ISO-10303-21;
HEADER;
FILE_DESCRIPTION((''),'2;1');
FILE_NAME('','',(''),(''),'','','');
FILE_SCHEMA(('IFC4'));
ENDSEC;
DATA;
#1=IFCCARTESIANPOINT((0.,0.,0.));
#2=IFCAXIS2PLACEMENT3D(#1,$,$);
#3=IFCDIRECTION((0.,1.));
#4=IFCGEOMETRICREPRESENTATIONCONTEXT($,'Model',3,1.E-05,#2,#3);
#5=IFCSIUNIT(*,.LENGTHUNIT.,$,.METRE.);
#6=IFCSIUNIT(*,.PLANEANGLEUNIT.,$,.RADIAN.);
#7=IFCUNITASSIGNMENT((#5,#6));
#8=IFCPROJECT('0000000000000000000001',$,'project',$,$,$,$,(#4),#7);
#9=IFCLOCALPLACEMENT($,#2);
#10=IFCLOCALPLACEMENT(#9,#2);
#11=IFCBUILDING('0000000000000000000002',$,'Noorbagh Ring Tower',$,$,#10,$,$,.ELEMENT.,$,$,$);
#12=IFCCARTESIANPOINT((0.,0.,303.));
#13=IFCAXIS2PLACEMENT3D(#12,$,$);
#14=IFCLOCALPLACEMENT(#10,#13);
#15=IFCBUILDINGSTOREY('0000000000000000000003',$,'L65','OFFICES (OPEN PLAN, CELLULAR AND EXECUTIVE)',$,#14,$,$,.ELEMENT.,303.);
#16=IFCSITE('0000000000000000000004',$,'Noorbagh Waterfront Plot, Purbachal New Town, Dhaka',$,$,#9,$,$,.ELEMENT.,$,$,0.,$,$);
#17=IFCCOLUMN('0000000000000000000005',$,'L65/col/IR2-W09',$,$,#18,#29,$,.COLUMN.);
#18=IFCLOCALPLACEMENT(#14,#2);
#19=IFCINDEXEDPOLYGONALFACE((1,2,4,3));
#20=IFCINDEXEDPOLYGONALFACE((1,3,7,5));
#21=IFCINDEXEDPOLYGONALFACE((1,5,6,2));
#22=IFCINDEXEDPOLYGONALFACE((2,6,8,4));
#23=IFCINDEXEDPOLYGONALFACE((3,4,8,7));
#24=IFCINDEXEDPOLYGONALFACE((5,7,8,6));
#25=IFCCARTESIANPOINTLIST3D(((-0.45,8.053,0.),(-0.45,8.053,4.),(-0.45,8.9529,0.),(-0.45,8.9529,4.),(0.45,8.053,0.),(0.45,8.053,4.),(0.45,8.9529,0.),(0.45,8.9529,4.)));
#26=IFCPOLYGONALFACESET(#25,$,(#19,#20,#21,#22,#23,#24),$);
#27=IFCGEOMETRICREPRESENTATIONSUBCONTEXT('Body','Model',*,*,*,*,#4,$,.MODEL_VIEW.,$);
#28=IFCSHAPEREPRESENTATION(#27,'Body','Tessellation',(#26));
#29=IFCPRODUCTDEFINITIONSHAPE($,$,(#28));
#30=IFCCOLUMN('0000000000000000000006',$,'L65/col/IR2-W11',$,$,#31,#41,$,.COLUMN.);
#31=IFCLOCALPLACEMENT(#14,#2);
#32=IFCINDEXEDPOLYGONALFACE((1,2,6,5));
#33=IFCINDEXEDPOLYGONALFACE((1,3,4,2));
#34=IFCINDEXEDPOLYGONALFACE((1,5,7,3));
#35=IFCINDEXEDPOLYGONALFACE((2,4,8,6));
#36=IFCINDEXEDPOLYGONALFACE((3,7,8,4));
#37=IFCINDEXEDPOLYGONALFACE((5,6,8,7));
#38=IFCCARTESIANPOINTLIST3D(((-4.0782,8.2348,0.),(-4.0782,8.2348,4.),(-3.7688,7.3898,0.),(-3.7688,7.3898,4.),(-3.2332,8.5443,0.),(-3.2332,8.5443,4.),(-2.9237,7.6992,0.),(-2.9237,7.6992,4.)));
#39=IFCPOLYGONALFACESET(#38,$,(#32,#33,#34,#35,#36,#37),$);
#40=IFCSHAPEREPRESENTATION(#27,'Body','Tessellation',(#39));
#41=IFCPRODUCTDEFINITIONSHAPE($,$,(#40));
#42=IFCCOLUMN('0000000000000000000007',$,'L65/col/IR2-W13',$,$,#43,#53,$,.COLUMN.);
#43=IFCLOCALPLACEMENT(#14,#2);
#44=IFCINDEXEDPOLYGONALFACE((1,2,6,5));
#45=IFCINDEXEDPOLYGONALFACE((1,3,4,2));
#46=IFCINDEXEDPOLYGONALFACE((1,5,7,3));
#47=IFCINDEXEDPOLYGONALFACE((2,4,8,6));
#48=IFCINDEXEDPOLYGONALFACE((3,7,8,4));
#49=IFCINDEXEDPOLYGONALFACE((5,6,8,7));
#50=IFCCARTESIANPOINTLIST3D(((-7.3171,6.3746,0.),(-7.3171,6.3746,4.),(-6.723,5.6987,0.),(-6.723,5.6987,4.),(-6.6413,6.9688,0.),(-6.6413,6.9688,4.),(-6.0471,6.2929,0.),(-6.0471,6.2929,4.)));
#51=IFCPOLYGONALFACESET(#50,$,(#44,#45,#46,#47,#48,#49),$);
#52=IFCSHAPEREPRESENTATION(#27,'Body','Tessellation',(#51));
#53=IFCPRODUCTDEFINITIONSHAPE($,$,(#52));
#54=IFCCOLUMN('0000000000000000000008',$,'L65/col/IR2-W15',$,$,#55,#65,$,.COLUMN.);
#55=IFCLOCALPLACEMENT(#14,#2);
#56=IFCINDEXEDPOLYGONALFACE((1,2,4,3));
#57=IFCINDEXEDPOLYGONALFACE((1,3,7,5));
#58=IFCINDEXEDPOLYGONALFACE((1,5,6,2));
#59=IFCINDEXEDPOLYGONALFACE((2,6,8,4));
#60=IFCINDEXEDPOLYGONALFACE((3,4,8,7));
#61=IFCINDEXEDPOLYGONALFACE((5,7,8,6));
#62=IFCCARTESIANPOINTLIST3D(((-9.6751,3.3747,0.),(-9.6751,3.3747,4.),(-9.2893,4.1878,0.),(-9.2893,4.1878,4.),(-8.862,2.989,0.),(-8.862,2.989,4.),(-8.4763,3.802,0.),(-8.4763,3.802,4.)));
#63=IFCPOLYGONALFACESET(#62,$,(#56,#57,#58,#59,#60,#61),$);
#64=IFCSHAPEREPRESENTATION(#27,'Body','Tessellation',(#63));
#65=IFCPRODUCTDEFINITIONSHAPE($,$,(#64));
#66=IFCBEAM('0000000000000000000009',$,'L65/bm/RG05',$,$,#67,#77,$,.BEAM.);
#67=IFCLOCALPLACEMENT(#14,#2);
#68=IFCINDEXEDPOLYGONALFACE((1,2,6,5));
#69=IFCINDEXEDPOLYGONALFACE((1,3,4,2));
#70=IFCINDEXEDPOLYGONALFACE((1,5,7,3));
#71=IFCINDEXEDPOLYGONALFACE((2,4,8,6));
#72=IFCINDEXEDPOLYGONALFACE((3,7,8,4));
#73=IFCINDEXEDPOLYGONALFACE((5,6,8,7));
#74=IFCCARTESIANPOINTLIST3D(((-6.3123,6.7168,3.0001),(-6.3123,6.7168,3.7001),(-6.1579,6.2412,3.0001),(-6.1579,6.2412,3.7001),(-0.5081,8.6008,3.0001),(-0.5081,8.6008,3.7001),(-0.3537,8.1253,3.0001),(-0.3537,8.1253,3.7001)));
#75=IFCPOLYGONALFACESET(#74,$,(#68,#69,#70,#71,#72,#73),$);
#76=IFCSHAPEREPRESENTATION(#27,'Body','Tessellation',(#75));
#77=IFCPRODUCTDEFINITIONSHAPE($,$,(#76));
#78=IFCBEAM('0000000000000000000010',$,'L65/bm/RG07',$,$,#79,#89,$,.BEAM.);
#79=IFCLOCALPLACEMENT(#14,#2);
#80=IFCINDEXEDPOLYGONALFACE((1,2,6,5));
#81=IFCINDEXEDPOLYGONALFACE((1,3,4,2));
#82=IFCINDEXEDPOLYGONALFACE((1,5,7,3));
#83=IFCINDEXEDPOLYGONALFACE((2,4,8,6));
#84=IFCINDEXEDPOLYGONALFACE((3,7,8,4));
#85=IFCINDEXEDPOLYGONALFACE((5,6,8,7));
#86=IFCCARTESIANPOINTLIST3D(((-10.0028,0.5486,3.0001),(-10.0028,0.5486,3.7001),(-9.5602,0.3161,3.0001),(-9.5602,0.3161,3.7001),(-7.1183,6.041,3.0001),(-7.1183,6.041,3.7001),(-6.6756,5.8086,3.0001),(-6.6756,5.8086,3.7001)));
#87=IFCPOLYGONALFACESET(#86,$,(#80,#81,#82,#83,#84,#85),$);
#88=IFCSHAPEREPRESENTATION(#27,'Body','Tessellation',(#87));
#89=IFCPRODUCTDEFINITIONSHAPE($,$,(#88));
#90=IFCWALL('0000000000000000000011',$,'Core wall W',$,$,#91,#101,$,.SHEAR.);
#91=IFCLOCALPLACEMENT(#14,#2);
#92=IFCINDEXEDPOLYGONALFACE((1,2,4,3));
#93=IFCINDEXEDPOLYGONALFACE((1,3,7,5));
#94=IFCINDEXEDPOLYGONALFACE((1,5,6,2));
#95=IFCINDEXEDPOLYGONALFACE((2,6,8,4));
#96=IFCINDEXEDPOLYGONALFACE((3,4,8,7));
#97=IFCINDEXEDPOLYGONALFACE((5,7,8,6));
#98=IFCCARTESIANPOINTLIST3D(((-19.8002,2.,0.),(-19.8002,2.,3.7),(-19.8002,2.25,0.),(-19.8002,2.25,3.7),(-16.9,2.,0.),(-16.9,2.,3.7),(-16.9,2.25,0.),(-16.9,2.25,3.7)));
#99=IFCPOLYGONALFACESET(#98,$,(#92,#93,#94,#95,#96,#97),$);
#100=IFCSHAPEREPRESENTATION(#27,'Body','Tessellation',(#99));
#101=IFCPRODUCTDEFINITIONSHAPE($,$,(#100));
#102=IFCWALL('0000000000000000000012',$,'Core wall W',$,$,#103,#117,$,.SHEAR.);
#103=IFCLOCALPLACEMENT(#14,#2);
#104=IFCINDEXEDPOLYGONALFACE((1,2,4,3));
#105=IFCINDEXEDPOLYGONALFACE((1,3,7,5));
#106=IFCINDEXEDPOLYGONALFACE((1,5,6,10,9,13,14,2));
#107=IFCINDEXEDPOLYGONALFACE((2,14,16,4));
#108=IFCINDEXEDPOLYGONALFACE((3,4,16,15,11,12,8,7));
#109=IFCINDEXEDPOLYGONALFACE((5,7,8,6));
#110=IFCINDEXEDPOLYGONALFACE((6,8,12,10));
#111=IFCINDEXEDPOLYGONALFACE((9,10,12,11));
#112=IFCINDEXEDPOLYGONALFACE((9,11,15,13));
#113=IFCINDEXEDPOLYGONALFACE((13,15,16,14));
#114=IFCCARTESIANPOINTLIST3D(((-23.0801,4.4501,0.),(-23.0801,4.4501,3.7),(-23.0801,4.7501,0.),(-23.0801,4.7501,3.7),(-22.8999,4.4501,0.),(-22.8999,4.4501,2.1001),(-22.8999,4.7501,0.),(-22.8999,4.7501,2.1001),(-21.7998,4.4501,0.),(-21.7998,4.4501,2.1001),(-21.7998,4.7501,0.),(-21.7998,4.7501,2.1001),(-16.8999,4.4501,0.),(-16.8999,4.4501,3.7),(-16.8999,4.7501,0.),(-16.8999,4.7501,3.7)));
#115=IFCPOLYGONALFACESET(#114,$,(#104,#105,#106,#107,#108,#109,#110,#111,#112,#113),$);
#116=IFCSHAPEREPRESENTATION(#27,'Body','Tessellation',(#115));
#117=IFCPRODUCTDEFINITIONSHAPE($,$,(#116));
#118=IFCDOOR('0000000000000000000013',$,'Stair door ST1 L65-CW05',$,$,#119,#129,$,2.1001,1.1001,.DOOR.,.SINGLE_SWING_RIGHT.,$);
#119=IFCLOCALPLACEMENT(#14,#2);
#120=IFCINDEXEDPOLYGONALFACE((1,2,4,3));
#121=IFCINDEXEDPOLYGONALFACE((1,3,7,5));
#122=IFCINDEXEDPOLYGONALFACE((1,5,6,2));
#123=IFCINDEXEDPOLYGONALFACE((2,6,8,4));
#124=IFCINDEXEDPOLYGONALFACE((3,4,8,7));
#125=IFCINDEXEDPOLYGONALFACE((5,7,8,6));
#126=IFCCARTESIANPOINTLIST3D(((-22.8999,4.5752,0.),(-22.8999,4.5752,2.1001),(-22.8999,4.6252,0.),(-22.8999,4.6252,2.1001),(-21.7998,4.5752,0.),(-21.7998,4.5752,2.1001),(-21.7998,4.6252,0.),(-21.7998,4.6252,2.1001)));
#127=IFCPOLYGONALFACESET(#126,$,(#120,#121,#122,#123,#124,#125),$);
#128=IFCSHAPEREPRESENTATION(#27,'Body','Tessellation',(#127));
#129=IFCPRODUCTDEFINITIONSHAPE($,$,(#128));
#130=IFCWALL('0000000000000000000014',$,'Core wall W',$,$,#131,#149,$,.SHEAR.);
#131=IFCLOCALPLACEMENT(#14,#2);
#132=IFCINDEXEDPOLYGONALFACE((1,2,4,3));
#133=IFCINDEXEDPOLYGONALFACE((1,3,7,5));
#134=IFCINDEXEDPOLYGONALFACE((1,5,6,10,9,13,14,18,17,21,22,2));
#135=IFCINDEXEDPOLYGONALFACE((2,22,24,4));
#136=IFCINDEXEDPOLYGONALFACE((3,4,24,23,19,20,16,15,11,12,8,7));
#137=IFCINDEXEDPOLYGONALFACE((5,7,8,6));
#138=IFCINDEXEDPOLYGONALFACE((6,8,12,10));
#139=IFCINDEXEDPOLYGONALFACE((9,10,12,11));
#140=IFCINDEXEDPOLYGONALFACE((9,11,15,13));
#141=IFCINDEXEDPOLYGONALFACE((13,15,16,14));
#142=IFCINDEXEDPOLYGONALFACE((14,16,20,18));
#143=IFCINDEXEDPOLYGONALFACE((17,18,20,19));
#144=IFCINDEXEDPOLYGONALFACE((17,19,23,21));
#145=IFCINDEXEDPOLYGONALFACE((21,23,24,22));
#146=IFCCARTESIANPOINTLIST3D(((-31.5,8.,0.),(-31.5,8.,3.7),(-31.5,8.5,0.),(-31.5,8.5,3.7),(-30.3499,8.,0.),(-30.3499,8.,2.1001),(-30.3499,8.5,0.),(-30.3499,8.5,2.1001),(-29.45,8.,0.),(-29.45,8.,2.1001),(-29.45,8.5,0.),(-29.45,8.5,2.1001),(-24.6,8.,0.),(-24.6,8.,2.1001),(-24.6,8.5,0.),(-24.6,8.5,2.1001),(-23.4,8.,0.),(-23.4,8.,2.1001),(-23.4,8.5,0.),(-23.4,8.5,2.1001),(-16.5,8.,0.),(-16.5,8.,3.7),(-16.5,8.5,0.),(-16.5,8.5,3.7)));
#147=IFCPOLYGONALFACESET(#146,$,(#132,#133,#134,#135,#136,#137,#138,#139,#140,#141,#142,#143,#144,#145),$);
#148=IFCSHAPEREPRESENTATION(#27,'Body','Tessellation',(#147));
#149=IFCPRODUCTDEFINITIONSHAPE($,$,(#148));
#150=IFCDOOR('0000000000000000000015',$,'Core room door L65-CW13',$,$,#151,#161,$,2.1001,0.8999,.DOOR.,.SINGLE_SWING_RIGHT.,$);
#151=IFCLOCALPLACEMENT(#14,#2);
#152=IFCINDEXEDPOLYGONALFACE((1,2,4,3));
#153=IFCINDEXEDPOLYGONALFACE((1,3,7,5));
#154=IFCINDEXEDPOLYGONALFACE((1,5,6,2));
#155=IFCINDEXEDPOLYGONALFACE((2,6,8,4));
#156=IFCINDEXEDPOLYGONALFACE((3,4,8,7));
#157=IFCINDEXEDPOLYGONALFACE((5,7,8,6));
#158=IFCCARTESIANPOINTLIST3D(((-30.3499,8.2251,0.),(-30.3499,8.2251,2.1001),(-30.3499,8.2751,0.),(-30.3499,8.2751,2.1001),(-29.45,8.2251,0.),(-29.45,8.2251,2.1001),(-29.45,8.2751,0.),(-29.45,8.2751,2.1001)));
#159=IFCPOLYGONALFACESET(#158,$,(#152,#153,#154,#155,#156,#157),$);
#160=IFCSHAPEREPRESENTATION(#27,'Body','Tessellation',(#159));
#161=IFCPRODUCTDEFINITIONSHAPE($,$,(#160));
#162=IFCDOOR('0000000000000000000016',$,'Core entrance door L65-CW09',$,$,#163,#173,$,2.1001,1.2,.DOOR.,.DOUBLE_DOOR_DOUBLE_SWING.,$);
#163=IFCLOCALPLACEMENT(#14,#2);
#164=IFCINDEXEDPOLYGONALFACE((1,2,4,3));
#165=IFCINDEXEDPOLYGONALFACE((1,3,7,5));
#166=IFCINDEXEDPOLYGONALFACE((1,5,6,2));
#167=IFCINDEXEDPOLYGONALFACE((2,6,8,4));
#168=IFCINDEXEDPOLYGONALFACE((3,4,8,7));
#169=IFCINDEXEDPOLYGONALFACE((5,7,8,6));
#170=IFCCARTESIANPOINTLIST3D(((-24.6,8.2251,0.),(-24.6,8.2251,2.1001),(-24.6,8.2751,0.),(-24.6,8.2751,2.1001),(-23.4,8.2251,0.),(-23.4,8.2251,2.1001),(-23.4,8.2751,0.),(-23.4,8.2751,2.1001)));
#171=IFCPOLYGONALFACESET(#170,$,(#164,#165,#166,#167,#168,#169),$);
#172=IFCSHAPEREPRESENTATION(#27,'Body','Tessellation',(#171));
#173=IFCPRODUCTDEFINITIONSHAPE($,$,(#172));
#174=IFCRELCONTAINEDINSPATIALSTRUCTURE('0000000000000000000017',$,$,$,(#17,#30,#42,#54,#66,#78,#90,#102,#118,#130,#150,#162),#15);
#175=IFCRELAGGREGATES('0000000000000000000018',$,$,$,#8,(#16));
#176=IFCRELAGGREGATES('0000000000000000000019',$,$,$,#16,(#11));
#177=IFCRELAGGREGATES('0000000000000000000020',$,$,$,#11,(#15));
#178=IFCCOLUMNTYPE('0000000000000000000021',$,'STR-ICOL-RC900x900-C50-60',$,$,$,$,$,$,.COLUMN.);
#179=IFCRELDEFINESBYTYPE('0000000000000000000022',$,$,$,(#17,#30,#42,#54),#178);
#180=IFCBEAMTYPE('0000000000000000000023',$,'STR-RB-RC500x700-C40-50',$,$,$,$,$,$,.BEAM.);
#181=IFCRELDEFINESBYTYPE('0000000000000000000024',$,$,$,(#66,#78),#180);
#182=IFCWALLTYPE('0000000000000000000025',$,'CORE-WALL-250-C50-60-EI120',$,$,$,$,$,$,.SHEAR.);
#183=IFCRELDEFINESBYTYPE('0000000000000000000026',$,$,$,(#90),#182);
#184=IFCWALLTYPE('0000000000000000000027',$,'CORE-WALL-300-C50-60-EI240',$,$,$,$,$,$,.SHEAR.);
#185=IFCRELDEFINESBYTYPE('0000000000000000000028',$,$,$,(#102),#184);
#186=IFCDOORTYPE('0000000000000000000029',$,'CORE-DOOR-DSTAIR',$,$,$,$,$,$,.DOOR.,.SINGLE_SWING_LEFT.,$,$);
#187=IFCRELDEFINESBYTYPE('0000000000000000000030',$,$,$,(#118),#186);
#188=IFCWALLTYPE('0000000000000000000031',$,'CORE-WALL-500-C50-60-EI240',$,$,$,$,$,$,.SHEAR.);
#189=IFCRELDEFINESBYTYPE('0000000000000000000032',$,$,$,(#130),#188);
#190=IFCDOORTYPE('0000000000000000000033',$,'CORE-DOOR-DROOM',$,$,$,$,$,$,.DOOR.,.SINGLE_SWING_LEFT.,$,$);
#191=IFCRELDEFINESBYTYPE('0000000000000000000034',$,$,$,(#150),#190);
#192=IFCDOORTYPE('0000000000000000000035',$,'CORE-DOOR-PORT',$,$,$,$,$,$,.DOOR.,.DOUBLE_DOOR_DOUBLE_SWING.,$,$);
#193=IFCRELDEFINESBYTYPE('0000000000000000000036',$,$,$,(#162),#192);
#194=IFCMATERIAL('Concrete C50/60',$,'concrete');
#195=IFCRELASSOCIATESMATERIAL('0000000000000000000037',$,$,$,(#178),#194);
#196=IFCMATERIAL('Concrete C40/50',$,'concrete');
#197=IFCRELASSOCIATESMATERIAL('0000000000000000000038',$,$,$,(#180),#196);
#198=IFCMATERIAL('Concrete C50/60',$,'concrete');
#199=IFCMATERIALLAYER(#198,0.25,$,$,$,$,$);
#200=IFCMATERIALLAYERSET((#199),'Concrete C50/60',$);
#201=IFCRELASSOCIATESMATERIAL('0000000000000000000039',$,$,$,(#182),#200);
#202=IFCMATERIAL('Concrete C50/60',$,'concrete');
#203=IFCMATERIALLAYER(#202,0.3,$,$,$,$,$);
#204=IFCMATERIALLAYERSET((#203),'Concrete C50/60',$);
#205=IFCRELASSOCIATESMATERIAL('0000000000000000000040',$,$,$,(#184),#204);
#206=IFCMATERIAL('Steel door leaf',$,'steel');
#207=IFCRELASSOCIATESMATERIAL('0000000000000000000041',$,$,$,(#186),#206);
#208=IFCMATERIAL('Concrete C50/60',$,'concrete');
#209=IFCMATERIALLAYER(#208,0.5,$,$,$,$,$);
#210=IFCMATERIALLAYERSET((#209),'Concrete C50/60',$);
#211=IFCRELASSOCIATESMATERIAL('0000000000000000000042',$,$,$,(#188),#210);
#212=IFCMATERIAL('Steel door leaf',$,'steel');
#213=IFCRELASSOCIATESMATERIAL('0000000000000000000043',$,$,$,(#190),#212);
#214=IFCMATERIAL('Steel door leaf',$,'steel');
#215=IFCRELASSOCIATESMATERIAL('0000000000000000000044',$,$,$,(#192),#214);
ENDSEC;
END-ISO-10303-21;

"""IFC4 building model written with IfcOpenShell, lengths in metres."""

from ifc_helpers import new_model, si_unit, direction, frame, frame_2d, origin, origin_2d, place, context, subcontext, project, spatial, rectangle, extrude, material, layer, layer_set, material_profile, profile_set, type_object, element, fill, save


model = new_model("IFC4")

# Units and contexts
model_context = context("Model", 3, precision=1e-05, world=origin(), true_north=direction((0.0, 1.0)))
body_context = subcontext(model_context, "Body", "Model", "MODEL_VIEW")
ifc_project = project(units=[si_unit("LENGTHUNIT", "METRE"), si_unit("PLANEANGLEUNIT", "RADIAN")], contexts=[model_context])

# Site, building, storey
site_placement = place(None, origin())
site = spatial("IfcSite", under=ifc_project, at=site_placement, Name="Noorbagh Waterfront Plot, Purbachal New Town, Dhaka", CompositionType="ELEMENT", RefElevation=0.0)
building_placement = place(site_placement, origin())
building = spatial("IfcBuilding", under=site, at=building_placement, Name="Noorbagh Ring Tower", CompositionType="ELEMENT")
storey_placement = place(building_placement, frame((0.0, 0.0, 303.0)))
storey = spatial("IfcBuildingStorey", under=building, at=storey_placement, Name="L65", Description="OFFICES (OPEN PLAN, CELLULAR AND EXECUTIVE)", CompositionType="ELEMENT", Elevation=303.0)

# Columns
ifc_material_1 = material(Name="Concrete C50/60", Category="concrete")
ifc_material_profile_1 = material_profile(ifc_material_1, rectangle(XDim=0.8999, YDim=0.8999, at=origin_2d()), Name="RC900x900")
ifc_profile_set_1 = profile_set([ifc_material_profile_1], Name="Concrete C50/60")
column_type = type_object("IfcColumnType", Name="STR-ICOL-RC900x900-C50-60", PredefinedType="COLUMN", material=ifc_profile_set_1)
for number, where, z_axis, x_axis, name in (
    (1, (0.0, 8.5029, 0.0), (0.0, 0.0, 1.0), (-1.0, 0.0, 0.0), "L65/col/IR2-W09"),
    (2, (-3.501, 7.967, 0.0), (0.0, 0.0, 1.0), (-0.93902, -0.343864, 0.0), "L65/col/IR2-W11"),
    (3, (-6.6821, 6.3337, 0.0), (0.0, 0.0, 1.0), (-0.751022, -0.660277, 0.0), "L65/col/IR2-W13"),
    (4, (-9.0757, 3.5884, 0.0), (0.0, 0.0, 1.0), (-0.428667, -0.903463, 0.0), "L65/col/IR2-W15"),
):
    element("IfcColumn", number, at=place(storey_placement, frame(where, z_axis=z_axis, x_axis=x_axis)), inside=storey, type_object=column_type, Name=name, PredefinedType="COLUMN", context=body_context, shape_type="SweptSolid", body=[
        extrude(rectangle(XDim=0.8999, YDim=0.8999, at=origin_2d()), origin(), (0.0, 0.0, 1.0), 4.0),
    ])

# Beams
ifc_material_2 = material(Name="Concrete C40/50", Category="concrete")
ifc_material_profile_2 = material_profile(ifc_material_2, rectangle(XDim=0.5, YDim=0.7, at=origin_2d()), Name="RC500x700")
ifc_profile_set_2 = profile_set([ifc_material_profile_2], Name="Concrete C40/50")
beam_type = type_object("IfcBeamType", Name="STR-RB-RC500x700-C40-50", PredefinedType="BEAM", material=ifc_profile_set_2)
beam_1_placement = place(storey_placement, frame((-0.4309, 8.363, 3.3501), z_axis=(-0.951146, -0.30874, 0.0), x_axis=(0.30874, -0.951146, 0.0)))
element("IfcBeam", 5, at=beam_1_placement, inside=storey, type_object=beam_type, Name="L65/bm/RG05", PredefinedType="BEAM", context=body_context, shape_type="SweptSolid", body=[
    extrude(rectangle(XDim=0.5, YDim=0.7, at=origin_2d()), origin(), (0.0, 0.0, 1.0), 6.1023),
])
beam_2_placement = place(storey_placement, frame((-6.897, 5.9248, 3.3501), z_axis=(-0.46496, -0.885332, 0.0), x_axis=(0.885332, -0.46496, 0.0)))
element("IfcBeam", 6, at=beam_2_placement, inside=storey, type_object=beam_type, Name="L65/bm/RG07", PredefinedType="BEAM", context=body_context, shape_type="SweptSolid", body=[
    extrude(rectangle(XDim=0.5, YDim=0.7, at=origin_2d()), origin(), (0.0, 0.0, 1.0), 6.2039),
])

# Wall
ifc_material_3 = material(Name="Concrete C50/60", Category="concrete")
ifc_layer_1 = layer(ifc_material_3, 0.25)
ifc_layer_set_1 = layer_set([ifc_layer_1], Name="Concrete C50/60")
wall_type_1 = type_object("IfcWallType", Name="CORE-WALL-250-C50-60-EI120", PredefinedType="SHEAR", material=ifc_layer_set_1)
wall_1_placement = place(storey_placement, frame((-16.8999, 2.125, 0.0), z_axis=(0.0, 0.0, 1.0), x_axis=(-1.0, 0.0, 0.0)))
element("IfcWall", 7, at=wall_1_placement, inside=storey, type_object=wall_type_1, Name="Core wall W", PredefinedType="SHEAR", context=body_context, shape_type="SweptSolid", body=[
    extrude(rectangle(XDim=2.9001, YDim=0.25, at=frame_2d((1.4502, 0.0))), origin(), (0.0, 0.0, 1.0), 3.7),
])

# Wall, opening, door
ifc_material_4 = material(Name="Concrete C50/60", Category="concrete")
ifc_layer_2 = layer(ifc_material_4, 0.3)
ifc_layer_set_2 = layer_set([ifc_layer_2], Name="Concrete C50/60")
wall_type_2 = type_object("IfcWallType", Name="CORE-WALL-300-C50-60-EI240", PredefinedType="SHEAR", material=ifc_layer_set_2)
wall_2_placement = place(storey_placement, frame((-16.8999, 4.6001, 0.0), z_axis=(0.0, 0.0, 1.0), x_axis=(-1.0, 0.0, 0.0)))
wall_2 = element("IfcWall", 8, at=wall_2_placement, inside=storey, type_object=wall_type_2, Name="Core wall W", PredefinedType="SHEAR", context=body_context, shape_type="SweptSolid", body=[
    extrude(rectangle(XDim=6.1802, YDim=0.3, at=frame_2d((3.0901, 0.0))), origin(), (0.0, 0.0, 1.0), 3.7),
])
opening_1_placement = place(wall_2_placement, frame((4.8999, 0.0, 0.0)))
opening_1 = element("IfcOpeningElement", 9, at=opening_1_placement, cuts=wall_2, PredefinedType="OPENING", context=body_context, shape_type="SweptSolid", body=[
    extrude(rectangle(XDim=1.1001, YDim=2.1001, at=frame_2d((0.55, 1.05))), frame((0.0, 0.1602, 0.0), z_axis=(0.0, -1.0, 0.0), x_axis=(1.0, 0.0, 0.0)), (0.0, 0.0, 1.0), 0.3201),
])
ifc_material_5 = material(Name="Steel door leaf", Category="steel")
door_type_1 = type_object("IfcDoorType", Name="CORE-DOOR-DSTAIR", OperationType="SINGLE_SWING_LEFT", PredefinedType="DOOR", material=ifc_material_5)
door_1_placement = place(opening_1_placement, origin())
door_1 = element("IfcDoor", 10, at=door_1_placement, inside=storey, type_object=door_type_1, Name="Stair door ST1 L65-CW05", OperationType="SINGLE_SWING_RIGHT", OverallHeight=2.1001, OverallWidth=1.1001, PredefinedType="DOOR", context=body_context, shape_type="SweptSolid", body=[
    extrude(rectangle(XDim=1.1001, YDim=2.1001, at=frame_2d((0.55, 1.05))), frame((0.0, 0.0249, 0.0), z_axis=(0.0, -1.0, 0.0), x_axis=(1.0, 0.0, 0.0)), (0.0, 0.0, 1.0), 0.05),
])
fill(opening_1, door_1)

# Wall, openings, doors
ifc_material_6 = material(Name="Concrete C50/60", Category="concrete")
ifc_layer_3 = layer(ifc_material_6, 0.5)
ifc_layer_set_3 = layer_set([ifc_layer_3], Name="Concrete C50/60")
wall_type_3 = type_object("IfcWallType", Name="CORE-WALL-500-C50-60-EI240", PredefinedType="SHEAR", material=ifc_layer_set_3)
wall_3_placement = place(storey_placement, frame((-16.5, 8.25, 0.0), z_axis=(0.0, 0.0, 1.0), x_axis=(-1.0, 0.0, 0.0)))
wall_3 = element("IfcWall", 11, at=wall_3_placement, inside=storey, type_object=wall_type_3, Name="Core wall W", PredefinedType="SHEAR", context=body_context, shape_type="SweptSolid", body=[
    extrude(rectangle(XDim=15.0, YDim=0.5, at=frame_2d((7.5, 0.0))), origin(), (0.0, 0.0, 1.0), 3.7),
])
opening_2_placement = place(wall_3_placement, frame((6.8999, 0.0, 0.0)))
opening_2 = element("IfcOpeningElement", 12, at=opening_2_placement, cuts=wall_3, PredefinedType="OPENING", context=body_context, shape_type="SweptSolid", body=[
    extrude(rectangle(XDim=1.2, YDim=2.1001, at=frame_2d((0.6001, 1.05))), frame((0.0, 0.26, 0.0), z_axis=(0.0, -1.0, 0.0), x_axis=(1.0, 0.0, 0.0)), (0.0, 0.0, 1.0), 0.52),
])
opening_3_placement = place(wall_3_placement, frame((12.95, 0.0, 0.0)))
opening_3 = element("IfcOpeningElement", 13, at=opening_3_placement, cuts=wall_3, PredefinedType="OPENING", context=body_context, shape_type="SweptSolid", body=[
    extrude(rectangle(XDim=0.8999, YDim=2.1001, at=frame_2d((0.45, 1.05))), frame((0.0, 0.26, 0.0), z_axis=(0.0, -1.0, 0.0), x_axis=(1.0, 0.0, 0.0)), (0.0, 0.0, 1.0), 0.52),
])
ifc_material_7 = material(Name="Steel door leaf", Category="steel")
door_type_2 = type_object("IfcDoorType", Name="CORE-DOOR-DROOM", OperationType="SINGLE_SWING_LEFT", PredefinedType="DOOR", material=ifc_material_7)
door_2_placement = place(opening_3_placement, origin())
door_2 = element("IfcDoor", 14, at=door_2_placement, inside=storey, type_object=door_type_2, Name="Core room door L65-CW13", OperationType="SINGLE_SWING_RIGHT", OverallHeight=2.1001, OverallWidth=0.8999, PredefinedType="DOOR", context=body_context, shape_type="SweptSolid", body=[
    extrude(rectangle(XDim=0.8999, YDim=2.1001, at=frame_2d((0.45, 1.05))), frame((0.0, 0.0249, 0.0), z_axis=(0.0, -1.0, 0.0), x_axis=(1.0, 0.0, 0.0)), (0.0, 0.0, 1.0), 0.05),
])
fill(opening_3, door_2)
ifc_material_8 = material(Name="Steel door leaf", Category="steel")
door_type_3 = type_object("IfcDoorType", Name="CORE-DOOR-PORT", OperationType="DOUBLE_DOOR_DOUBLE_SWING", PredefinedType="DOOR", material=ifc_material_8)
door_3_placement = place(opening_2_placement, origin())
door_3 = element("IfcDoor", 15, at=door_3_placement, inside=storey, type_object=door_type_3, Name="Core entrance door L65-CW09", OperationType="DOUBLE_DOOR_DOUBLE_SWING", OverallHeight=2.1001, OverallWidth=1.2, PredefinedType="DOOR", context=body_context, shape_type="SweptSolid", body=[
    extrude(rectangle(XDim=1.2, YDim=2.1001, at=frame_2d((0.6001, 1.05))), frame((0.0, 0.0249, 0.0), z_axis=(0.0, -1.0, 0.0), x_axis=(1.0, 0.0, 0.0)), (0.0, 0.0, 1.0), 0.05),
])
fill(opening_2, door_3)

save(model, "model.ifc")
